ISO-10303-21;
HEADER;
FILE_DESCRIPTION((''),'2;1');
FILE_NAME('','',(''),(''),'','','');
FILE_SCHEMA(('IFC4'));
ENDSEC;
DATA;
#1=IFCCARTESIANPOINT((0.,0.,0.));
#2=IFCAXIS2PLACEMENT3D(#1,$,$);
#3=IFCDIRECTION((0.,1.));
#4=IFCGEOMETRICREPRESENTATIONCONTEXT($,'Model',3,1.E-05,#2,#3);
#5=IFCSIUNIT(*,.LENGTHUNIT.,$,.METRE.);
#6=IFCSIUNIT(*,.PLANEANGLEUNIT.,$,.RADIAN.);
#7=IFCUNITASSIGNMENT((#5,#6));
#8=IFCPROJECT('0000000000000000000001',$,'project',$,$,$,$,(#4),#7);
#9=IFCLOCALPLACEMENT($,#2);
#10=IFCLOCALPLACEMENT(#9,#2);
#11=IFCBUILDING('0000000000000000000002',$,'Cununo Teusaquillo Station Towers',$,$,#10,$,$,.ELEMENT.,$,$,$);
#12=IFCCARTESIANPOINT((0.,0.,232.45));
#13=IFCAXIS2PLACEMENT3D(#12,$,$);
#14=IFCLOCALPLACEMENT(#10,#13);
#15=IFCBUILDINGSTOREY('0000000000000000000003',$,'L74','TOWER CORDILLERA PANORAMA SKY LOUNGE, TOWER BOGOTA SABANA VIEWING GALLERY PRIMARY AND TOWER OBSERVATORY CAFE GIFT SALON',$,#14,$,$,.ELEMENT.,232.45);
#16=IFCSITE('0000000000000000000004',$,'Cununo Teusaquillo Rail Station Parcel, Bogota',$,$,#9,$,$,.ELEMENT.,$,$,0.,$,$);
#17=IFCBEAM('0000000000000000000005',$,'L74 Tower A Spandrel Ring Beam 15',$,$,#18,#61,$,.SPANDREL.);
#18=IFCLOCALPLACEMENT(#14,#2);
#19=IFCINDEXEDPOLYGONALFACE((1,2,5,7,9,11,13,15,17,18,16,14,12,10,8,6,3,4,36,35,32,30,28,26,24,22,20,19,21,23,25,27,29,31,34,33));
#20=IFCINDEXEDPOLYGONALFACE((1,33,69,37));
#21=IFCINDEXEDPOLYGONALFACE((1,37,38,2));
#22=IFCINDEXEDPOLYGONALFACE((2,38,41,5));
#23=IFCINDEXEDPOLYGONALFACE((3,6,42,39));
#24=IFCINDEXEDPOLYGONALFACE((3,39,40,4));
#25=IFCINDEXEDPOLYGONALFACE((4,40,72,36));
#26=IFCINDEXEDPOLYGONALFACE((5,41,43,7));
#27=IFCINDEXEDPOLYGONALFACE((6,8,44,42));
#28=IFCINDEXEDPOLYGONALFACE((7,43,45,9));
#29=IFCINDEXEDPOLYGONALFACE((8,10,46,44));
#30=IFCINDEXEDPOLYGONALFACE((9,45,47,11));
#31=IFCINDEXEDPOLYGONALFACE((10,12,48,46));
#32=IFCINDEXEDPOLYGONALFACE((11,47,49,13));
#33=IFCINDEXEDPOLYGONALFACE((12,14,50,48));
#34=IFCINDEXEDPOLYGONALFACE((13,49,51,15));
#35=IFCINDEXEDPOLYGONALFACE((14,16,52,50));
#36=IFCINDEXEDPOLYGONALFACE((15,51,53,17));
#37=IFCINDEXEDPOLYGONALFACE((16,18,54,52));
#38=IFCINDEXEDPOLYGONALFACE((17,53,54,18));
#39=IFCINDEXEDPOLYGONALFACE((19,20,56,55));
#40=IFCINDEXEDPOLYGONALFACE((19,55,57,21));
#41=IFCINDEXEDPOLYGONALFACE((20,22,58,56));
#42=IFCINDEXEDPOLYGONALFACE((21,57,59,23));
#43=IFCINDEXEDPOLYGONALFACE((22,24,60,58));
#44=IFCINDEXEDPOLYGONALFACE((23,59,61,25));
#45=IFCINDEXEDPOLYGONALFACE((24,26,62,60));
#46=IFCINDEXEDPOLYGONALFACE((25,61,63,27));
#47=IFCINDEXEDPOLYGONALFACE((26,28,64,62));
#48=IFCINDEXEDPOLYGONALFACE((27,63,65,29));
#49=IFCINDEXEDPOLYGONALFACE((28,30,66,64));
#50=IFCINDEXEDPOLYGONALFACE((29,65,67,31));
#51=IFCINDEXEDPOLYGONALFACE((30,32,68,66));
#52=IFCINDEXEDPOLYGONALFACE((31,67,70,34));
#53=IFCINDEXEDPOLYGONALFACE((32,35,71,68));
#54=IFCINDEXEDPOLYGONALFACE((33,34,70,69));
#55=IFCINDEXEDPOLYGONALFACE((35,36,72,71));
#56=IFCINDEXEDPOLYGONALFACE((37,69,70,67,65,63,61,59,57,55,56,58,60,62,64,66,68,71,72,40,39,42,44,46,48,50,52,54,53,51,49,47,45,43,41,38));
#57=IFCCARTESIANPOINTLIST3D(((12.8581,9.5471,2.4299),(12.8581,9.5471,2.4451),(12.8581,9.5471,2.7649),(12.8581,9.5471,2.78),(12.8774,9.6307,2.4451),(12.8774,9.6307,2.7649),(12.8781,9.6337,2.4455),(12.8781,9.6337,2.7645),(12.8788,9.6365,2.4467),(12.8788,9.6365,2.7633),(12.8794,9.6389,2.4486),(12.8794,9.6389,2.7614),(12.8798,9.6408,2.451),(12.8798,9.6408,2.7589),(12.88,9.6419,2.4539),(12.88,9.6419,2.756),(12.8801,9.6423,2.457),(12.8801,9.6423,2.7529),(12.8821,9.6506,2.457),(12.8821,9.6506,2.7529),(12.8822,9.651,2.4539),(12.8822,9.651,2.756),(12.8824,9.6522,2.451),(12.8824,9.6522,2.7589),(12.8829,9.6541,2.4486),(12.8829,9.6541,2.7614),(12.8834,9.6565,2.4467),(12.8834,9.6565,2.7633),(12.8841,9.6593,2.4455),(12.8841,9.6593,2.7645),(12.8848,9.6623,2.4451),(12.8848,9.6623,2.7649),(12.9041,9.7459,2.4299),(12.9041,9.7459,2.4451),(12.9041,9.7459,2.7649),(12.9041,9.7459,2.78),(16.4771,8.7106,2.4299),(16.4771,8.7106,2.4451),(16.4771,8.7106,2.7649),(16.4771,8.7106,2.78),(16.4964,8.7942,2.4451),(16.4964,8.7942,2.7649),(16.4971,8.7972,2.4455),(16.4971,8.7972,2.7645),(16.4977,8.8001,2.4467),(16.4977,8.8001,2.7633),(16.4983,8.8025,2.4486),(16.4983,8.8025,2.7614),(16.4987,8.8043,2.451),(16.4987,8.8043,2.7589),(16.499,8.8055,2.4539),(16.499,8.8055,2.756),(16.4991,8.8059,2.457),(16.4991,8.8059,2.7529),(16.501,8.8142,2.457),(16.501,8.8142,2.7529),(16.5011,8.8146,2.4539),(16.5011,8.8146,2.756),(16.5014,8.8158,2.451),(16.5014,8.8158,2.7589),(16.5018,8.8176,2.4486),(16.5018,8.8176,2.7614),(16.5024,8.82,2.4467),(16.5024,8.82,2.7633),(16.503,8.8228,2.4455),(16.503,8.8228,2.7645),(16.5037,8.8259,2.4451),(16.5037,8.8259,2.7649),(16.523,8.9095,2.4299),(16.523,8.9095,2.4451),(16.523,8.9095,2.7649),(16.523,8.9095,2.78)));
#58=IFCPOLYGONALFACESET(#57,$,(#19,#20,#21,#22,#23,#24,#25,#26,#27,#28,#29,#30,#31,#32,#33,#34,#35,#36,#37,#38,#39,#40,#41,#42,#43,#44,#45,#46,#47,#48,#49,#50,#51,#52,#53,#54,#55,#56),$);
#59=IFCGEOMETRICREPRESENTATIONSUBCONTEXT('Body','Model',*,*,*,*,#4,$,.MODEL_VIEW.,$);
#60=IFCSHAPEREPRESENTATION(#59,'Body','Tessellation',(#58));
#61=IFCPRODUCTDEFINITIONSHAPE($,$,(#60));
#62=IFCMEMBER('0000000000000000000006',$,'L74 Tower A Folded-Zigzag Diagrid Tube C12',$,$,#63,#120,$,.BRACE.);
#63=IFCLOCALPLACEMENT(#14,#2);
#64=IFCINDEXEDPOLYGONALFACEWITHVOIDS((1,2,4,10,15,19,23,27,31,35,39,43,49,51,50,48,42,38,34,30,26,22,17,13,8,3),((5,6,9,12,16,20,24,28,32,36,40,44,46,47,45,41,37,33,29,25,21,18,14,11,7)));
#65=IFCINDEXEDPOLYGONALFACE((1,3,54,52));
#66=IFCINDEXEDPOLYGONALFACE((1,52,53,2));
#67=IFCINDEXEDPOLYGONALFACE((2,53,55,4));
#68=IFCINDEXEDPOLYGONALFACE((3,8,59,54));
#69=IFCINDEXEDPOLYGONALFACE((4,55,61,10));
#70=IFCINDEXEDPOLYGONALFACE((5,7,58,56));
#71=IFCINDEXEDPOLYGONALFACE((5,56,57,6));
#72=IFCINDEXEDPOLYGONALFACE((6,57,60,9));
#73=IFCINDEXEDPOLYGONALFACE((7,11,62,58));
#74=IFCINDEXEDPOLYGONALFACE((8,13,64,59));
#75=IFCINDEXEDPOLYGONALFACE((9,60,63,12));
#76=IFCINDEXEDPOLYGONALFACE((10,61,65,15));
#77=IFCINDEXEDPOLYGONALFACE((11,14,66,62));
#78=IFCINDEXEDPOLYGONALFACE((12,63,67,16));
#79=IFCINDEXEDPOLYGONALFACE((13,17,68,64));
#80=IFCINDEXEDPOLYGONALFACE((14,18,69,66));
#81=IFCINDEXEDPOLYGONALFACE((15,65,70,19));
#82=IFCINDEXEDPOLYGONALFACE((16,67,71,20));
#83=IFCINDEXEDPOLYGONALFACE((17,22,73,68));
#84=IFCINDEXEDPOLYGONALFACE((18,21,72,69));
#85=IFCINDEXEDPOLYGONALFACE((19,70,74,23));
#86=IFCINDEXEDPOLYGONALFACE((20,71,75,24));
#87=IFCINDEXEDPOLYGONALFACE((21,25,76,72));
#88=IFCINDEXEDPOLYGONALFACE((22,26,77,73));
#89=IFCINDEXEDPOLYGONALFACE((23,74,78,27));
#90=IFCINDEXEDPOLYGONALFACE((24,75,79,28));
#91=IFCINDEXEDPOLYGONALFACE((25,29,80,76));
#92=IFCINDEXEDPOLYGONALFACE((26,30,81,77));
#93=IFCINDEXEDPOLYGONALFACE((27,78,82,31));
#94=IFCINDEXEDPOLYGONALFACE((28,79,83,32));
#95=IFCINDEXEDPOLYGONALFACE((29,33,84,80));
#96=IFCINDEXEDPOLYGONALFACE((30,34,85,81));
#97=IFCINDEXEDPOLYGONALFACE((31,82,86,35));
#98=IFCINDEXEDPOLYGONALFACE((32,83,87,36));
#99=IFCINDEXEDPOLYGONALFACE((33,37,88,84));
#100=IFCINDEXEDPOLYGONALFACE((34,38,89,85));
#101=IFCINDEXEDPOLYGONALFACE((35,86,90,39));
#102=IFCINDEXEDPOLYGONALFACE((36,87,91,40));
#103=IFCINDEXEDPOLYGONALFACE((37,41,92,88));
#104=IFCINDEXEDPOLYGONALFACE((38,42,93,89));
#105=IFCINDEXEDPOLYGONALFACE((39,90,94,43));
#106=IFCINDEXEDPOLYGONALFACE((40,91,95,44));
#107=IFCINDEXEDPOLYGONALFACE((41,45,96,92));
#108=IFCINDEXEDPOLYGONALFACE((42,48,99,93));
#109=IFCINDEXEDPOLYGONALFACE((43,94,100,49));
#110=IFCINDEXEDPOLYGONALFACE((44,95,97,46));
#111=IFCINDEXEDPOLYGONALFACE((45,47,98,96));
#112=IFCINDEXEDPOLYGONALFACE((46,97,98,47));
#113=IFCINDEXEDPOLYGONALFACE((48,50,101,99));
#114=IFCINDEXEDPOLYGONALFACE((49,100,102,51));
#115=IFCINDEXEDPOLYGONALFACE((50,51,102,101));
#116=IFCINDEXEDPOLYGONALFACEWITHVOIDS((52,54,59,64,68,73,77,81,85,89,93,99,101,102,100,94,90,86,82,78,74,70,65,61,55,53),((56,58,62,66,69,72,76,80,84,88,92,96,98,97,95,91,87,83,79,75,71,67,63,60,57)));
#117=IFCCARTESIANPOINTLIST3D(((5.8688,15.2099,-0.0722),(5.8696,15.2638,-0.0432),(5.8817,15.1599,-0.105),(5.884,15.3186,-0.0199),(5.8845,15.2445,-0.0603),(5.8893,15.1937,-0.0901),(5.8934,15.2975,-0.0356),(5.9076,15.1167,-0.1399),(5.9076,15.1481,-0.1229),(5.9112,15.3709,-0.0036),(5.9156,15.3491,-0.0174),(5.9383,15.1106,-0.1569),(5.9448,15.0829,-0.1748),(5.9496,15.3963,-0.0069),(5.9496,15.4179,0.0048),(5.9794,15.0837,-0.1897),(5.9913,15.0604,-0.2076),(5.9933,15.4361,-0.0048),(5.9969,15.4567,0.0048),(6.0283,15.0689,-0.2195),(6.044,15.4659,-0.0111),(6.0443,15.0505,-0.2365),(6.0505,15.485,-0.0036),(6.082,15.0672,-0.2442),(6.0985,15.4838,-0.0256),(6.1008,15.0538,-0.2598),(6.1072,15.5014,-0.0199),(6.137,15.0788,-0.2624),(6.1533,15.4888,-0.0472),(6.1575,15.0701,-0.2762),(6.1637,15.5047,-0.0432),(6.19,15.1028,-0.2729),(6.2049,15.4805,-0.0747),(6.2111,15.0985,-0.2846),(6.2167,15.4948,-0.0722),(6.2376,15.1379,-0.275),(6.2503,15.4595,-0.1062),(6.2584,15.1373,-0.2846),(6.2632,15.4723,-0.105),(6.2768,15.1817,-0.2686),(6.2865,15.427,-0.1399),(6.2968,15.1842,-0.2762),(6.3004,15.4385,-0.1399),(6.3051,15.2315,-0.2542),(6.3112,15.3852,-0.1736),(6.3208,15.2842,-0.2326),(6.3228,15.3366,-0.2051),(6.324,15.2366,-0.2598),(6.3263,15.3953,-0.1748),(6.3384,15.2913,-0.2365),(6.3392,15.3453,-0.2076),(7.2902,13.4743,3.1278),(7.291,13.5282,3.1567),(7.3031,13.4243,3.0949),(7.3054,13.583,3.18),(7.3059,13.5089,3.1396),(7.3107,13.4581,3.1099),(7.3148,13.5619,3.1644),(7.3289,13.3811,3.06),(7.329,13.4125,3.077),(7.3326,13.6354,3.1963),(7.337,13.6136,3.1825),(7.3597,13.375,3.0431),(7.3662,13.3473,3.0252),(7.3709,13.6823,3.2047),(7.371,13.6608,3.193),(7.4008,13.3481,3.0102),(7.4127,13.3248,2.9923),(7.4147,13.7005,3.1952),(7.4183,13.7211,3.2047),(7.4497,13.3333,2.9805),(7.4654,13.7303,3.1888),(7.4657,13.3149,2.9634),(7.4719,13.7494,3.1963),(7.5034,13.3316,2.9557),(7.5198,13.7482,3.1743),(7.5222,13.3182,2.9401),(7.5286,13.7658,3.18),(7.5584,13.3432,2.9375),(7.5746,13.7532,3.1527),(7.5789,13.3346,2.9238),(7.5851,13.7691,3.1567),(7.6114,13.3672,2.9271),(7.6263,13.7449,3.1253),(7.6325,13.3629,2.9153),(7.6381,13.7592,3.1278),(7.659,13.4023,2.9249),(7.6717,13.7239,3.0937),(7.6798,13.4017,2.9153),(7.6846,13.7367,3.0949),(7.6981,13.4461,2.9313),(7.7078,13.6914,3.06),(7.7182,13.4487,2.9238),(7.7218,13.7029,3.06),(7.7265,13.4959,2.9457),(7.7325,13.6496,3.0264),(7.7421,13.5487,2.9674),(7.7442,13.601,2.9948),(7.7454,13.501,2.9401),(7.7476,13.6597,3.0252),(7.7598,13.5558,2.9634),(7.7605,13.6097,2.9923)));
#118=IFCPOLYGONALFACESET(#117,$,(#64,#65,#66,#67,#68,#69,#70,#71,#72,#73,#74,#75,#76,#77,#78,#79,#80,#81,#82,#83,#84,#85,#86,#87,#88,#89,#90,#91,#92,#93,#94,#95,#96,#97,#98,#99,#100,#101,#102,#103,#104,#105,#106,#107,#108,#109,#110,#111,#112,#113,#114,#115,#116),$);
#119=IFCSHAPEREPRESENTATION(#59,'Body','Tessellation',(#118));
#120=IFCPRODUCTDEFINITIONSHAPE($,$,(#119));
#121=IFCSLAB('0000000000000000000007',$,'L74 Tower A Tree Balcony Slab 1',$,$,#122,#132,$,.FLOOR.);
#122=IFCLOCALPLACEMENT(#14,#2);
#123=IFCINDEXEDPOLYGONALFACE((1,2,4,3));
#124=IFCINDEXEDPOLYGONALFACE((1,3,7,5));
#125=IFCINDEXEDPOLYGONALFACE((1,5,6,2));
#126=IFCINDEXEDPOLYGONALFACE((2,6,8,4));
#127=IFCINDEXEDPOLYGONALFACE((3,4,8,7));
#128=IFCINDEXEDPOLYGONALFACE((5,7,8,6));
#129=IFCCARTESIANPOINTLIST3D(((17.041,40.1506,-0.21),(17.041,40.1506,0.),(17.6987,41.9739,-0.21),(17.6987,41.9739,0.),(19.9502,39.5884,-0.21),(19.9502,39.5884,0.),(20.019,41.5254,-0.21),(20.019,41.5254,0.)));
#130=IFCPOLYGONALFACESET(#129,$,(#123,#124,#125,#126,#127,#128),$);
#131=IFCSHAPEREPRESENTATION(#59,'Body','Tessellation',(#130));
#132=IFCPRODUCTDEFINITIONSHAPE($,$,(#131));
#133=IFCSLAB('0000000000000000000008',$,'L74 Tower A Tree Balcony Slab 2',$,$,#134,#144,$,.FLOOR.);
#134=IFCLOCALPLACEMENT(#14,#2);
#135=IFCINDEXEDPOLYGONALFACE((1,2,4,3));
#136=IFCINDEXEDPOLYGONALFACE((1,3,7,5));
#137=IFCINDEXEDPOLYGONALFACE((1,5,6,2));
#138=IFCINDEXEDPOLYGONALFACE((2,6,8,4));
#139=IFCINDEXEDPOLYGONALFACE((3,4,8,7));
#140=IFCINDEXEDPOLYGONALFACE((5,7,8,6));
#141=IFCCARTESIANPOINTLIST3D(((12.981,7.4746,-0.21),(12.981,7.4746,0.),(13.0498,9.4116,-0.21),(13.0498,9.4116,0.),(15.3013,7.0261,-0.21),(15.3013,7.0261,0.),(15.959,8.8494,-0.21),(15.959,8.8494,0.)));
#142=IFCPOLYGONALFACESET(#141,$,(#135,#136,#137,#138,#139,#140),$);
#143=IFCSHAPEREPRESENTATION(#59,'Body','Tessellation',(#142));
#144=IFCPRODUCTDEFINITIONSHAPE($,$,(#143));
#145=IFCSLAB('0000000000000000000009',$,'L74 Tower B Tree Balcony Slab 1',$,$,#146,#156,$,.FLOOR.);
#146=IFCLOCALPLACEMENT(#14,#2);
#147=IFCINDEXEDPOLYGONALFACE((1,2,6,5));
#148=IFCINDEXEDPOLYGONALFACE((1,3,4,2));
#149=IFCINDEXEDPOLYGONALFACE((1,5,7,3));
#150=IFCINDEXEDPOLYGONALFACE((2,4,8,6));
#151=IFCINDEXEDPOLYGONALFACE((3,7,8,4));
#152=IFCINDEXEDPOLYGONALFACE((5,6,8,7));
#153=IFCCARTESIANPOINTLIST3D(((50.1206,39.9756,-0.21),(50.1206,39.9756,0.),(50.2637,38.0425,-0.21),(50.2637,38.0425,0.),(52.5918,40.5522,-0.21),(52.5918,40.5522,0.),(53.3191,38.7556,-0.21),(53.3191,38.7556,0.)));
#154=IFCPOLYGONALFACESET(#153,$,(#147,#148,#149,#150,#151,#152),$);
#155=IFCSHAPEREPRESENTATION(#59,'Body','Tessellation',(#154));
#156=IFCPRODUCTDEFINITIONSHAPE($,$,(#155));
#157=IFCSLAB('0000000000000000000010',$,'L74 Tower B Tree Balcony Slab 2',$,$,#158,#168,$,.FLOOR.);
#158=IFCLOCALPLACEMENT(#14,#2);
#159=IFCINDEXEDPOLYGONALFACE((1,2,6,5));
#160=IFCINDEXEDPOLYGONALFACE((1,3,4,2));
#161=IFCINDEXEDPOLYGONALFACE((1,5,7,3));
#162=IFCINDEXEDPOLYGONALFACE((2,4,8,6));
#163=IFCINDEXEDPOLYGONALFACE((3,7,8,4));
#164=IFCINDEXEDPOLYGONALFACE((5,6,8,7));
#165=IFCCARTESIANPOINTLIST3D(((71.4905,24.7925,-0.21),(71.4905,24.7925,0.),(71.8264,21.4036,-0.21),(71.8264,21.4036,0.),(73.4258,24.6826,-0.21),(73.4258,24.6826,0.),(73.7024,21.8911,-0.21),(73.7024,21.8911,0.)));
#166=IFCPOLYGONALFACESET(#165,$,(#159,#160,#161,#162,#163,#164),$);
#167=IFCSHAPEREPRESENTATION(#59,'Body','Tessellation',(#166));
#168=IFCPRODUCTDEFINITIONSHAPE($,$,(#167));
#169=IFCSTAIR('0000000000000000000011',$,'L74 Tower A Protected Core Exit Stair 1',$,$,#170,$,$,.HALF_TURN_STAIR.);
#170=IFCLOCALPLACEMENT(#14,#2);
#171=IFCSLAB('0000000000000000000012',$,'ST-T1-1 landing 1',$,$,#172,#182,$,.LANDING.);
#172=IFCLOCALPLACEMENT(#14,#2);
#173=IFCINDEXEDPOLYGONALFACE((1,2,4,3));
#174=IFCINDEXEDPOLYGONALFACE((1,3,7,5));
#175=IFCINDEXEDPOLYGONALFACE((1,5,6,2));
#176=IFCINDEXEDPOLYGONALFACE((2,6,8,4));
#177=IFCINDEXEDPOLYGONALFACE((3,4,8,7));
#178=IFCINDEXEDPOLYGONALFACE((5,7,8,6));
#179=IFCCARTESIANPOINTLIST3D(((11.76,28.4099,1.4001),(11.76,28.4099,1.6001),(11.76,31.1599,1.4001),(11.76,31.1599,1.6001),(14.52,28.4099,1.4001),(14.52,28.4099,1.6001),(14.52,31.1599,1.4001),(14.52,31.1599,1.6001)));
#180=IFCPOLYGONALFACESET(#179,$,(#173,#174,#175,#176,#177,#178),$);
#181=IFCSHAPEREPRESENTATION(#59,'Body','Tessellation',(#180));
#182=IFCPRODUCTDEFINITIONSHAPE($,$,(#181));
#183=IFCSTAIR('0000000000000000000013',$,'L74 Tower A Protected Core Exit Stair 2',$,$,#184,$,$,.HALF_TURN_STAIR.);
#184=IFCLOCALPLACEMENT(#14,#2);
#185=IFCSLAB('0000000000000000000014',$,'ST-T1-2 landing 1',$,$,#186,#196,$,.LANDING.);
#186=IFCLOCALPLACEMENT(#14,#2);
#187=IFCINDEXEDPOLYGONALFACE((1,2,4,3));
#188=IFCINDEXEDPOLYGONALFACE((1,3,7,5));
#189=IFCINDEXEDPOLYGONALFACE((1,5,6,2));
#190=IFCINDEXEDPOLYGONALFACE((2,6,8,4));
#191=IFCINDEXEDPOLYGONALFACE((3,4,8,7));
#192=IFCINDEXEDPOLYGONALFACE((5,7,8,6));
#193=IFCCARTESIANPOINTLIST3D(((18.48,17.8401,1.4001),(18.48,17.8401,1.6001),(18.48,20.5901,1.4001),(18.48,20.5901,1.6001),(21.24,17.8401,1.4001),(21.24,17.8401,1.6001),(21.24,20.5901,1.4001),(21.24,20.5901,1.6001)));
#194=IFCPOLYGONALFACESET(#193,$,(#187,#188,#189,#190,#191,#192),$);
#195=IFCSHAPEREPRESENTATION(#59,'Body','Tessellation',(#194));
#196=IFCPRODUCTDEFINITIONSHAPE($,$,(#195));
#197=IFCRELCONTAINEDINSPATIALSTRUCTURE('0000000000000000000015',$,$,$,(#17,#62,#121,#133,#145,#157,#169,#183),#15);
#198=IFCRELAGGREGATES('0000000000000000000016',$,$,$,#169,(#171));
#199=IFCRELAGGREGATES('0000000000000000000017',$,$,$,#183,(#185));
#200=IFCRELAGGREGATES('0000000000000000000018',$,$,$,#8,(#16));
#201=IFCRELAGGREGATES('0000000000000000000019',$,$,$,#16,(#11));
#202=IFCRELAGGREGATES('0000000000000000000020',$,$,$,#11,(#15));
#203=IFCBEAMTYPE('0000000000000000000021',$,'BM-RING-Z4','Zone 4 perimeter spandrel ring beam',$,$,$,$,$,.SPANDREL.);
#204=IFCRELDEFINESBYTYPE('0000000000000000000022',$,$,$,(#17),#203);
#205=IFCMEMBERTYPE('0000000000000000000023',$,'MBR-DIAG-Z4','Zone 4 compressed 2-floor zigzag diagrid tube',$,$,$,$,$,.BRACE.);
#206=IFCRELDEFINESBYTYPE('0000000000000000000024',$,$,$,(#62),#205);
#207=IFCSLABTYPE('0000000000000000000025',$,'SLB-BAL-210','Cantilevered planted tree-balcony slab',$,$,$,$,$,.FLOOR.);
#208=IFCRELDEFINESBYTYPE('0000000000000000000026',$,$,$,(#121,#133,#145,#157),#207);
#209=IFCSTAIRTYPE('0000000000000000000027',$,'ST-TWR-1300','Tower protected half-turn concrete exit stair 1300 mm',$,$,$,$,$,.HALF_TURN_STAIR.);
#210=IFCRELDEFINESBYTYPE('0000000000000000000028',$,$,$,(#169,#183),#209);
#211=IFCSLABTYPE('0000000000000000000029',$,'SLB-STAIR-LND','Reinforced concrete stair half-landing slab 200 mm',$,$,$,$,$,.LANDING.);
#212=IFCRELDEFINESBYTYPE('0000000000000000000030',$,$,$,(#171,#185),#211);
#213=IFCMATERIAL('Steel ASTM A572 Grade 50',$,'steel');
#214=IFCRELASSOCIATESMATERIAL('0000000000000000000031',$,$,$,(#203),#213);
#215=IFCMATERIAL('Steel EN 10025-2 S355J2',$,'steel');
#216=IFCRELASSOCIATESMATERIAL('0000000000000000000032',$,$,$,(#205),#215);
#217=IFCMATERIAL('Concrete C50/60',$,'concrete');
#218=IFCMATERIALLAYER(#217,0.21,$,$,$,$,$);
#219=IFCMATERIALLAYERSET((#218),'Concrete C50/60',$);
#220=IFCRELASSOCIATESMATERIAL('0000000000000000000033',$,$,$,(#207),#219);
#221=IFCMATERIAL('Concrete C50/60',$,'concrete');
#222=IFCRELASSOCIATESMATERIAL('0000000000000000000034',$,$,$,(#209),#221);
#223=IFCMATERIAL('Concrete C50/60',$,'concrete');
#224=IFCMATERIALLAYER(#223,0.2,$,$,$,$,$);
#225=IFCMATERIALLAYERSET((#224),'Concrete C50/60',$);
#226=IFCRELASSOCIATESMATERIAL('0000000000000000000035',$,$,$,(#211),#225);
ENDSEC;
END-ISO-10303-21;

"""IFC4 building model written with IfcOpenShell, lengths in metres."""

from ifc_helpers import new_model, si_unit, direction, frame, origin, origin_2d, place, context, subcontext, project, spatial, polyline, hollow_circle, i_section, outline, extrude, material, layer, layer_set, material_profile, profile_set, type_object, element, aggregate, save


model = new_model("IFC4")

# Units and contexts
model_context = context("Model", 3, precision=1e-05, world=origin(), true_north=direction((0.0, 1.0)))
body_context = subcontext(model_context, "Body", "Model", "MODEL_VIEW")
ifc_project = project(units=[si_unit("LENGTHUNIT", "METRE"), si_unit("PLANEANGLEUNIT", "RADIAN")], contexts=[model_context])

# Site, building, storey
site_placement = place(None, origin())
site = spatial("IfcSite", under=ifc_project, at=site_placement, Name="Cununo Teusaquillo Rail Station Parcel, Bogota", CompositionType="ELEMENT", RefElevation=0.0)
building_placement = place(site_placement, origin())
building = spatial("IfcBuilding", under=site, at=building_placement, Name="Cununo Teusaquillo Station Towers", CompositionType="ELEMENT")
storey_placement = place(building_placement, frame((0.0, 0.0, 232.45)))
storey = spatial("IfcBuildingStorey", under=building, at=storey_placement, Name="L74", Description="TOWER CORDILLERA PANORAMA SKY LOUNGE, TOWER BOGOTA SABANA VIEWING GALLERY PRIMARY AND TOWER OBSERVATORY CAFE GIFT SALON", CompositionType="ELEMENT", Elevation=232.45)

# Beam
ifc_material_1 = material(Name="Steel ASTM A572 Grade 50", Category="steel")
ifc_material_profile_1 = material_profile(ifc_material_1, i_section(OverallWidth=0.2041, OverallDepth=0.3501, WebThickness=0.0085, FlangeThickness=0.0151, FilletRadius=0.012, at=origin_2d()), Name="W14X48")
ifc_profile_set_1 = profile_set([ifc_material_profile_1], Name="Steel ASTM A572 Grade 50")
beam_type = type_object("IfcBeamType", Name="BM-RING-Z4", Description="Zone 4 perimeter spandrel ring beam", PredefinedType="SPANDREL", material=ifc_profile_set_1)
beam_1_placement = place(storey_placement, frame((12.8811, 9.6465, 2.605), z_axis=(0.974315, -0.225191, 0.0), x_axis=(0.225191, 0.974315, 0.0)))
element("IfcBeam", 1, at=beam_1_placement, inside=storey, type_object=beam_type, Name="L74 Tower A Spandrel Ring Beam 15", PredefinedType="SPANDREL", context=body_context, shape_type="SweptSolid", body=[
    extrude(i_section(OverallWidth=0.2041, OverallDepth=0.3501, WebThickness=0.0085, FlangeThickness=0.0151, FilletRadius=0.012, at=origin_2d()), origin(), (0.0, 0.0, 1.0), 3.7144),
])

# Member
ifc_material_2 = material(Name="Steel EN 10025-2 S355J2", Category="steel")
ifc_material_profile_2 = material_profile(ifc_material_2, hollow_circle(Radius=0.2539, WallThickness=0.0181, at=origin_2d()), Name="CHS 508x18")
ifc_profile_set_2 = profile_set([ifc_material_profile_2], Name="Steel EN 10025-2 S355J2")
member_type = type_object("IfcMemberType", Name="MBR-DIAG-Z4", Description="Zone 4 compressed 2-floor zigzag diagrid tube", PredefinedType="BRACE", material=ifc_profile_set_2)
member_placement = place(storey_placement, frame((6.104, 15.2776, -0.1399), z_axis=(0.363714, -0.444116, 0.818825), x_axis=(0.773661, 0.633599, 0.0)))
element("IfcMember", 2, at=member_placement, inside=storey, type_object=member_type, Name="L74 Tower A Folded-Zigzag Diagrid Tube C12", PredefinedType="BRACE", context=body_context, shape_type="SweptSolid", body=[
    extrude(hollow_circle(Radius=0.2539, WallThickness=0.0181, at=origin_2d()), origin(), (0.0, 0.0, 1.0), 3.908),
])

# Slabs
ifc_material_3 = material(Name="Concrete C50/60", Category="concrete")
ifc_layer_1 = layer(ifc_material_3, 0.21)
ifc_layer_set_1 = layer_set([ifc_layer_1], Name="Concrete C50/60")
slab_type_1 = type_object("IfcSlabType", Name="SLB-BAL-210", Description="Cantilevered planted tree-balcony slab", PredefinedType="FLOOR", material=ifc_layer_set_1)
slab_1_placement = place(storey_placement, frame((0.0, 0.0, -0.21)))
element("IfcSlab", 3, at=slab_1_placement, inside=storey, type_object=slab_type_1, Name="L74 Tower A Tree Balcony Slab 1", PredefinedType="FLOOR", context=body_context, shape_type="SweptSolid", body=[
    extrude(outline(polyline([(19.9502, 39.5884), (17.041, 40.1506), (17.6987, 41.9739), (20.019, 41.5254), (19.9502, 39.5884)])), origin(), (0.0, 0.0, 1.0), 0.21),
])
slab_2_placement = place(storey_placement, frame((0.0, 0.0, -0.21)))
element("IfcSlab", 4, at=slab_2_placement, inside=storey, type_object=slab_type_1, Name="L74 Tower A Tree Balcony Slab 2", PredefinedType="FLOOR", context=body_context, shape_type="SweptSolid", body=[
    extrude(outline(polyline([(13.0498, 9.4116), (15.959, 8.8494), (15.3013, 7.0261), (12.981, 7.4746), (13.0498, 9.4116)])), origin(), (0.0, 0.0, 1.0), 0.21),
])
slab_3_placement = place(storey_placement, frame((0.0, 0.0, -0.21)))
element("IfcSlab", 5, at=slab_3_placement, inside=storey, type_object=slab_type_1, Name="L74 Tower B Tree Balcony Slab 1", PredefinedType="FLOOR", context=body_context, shape_type="SweptSolid", body=[
    extrude(outline(polyline([(53.3191, 38.7556), (50.2637, 38.0425), (50.1206, 39.9756), (52.5918, 40.5522), (53.3191, 38.7556)])), origin(), (0.0, 0.0, 1.0), 0.21),
])
slab_4_placement = place(storey_placement, frame((0.0, 0.0, -0.21)))
element("IfcSlab", 6, at=slab_4_placement, inside=storey, type_object=slab_type_1, Name="L74 Tower B Tree Balcony Slab 2", PredefinedType="FLOOR", context=body_context, shape_type="SweptSolid", body=[
    extrude(outline(polyline([(71.8264, 21.4036), (71.4905, 24.7925), (73.4258, 24.6826), (73.7024, 21.8911), (71.8264, 21.4036)])), origin(), (0.0, 0.0, 1.0), 0.21),
])

# Stairs, slabs
ifc_material_4 = material(Name="Concrete C50/60", Category="concrete")
stair_type = type_object("IfcStairType", Name="ST-TWR-1300", Description="Tower protected half-turn concrete exit stair 1300 mm", PredefinedType="HALF_TURN_STAIR", material=ifc_material_4)
stair_1_placement = place(storey_placement, origin())
stair_1 = element("IfcStair", 7, at=stair_1_placement, inside=storey, type_object=stair_type, Name="L74 Tower A Protected Core Exit Stair 1", PredefinedType="HALF_TURN_STAIR")
ifc_material_5 = material(Name="Concrete C50/60", Category="concrete")
ifc_layer_2 = layer(ifc_material_5, 0.2)
ifc_layer_set_2 = layer_set([ifc_layer_2], Name="Concrete C50/60")
slab_type_2 = type_object("IfcSlabType", Name="SLB-STAIR-LND", Description="Reinforced concrete stair half-landing slab 200 mm", PredefinedType="LANDING", material=ifc_layer_set_2)
slab_5_placement = place(storey_placement, frame((0.0, 0.0, 1.4001)))
slab_5 = element("IfcSlab", 8, at=slab_5_placement, type_object=slab_type_2, Name="ST-T1-1 landing 1", PredefinedType="LANDING", context=body_context, shape_type="SweptSolid", body=[
    extrude(outline(polyline([(14.52, 28.4099), (14.52, 31.1599), (11.76, 31.1599), (11.76, 28.4099), (14.52, 28.4099)])), origin(), (0.0, 0.0, 1.0), 0.2),
])
aggregate(stair_1, [slab_5])
stair_2_placement = place(storey_placement, origin())
stair_2 = element("IfcStair", 9, at=stair_2_placement, inside=storey, type_object=stair_type, Name="L74 Tower A Protected Core Exit Stair 2", PredefinedType="HALF_TURN_STAIR")
slab_6_placement = place(storey_placement, frame((0.0, 0.0, 1.4001)))
slab_6 = element("IfcSlab", 10, at=slab_6_placement, type_object=slab_type_2, Name="ST-T1-2 landing 1", PredefinedType="LANDING", context=body_context, shape_type="SweptSolid", body=[
    extrude(outline(polyline([(18.48, 20.5901), (18.48, 17.8401), (21.24, 17.8401), (21.24, 20.5901), (18.48, 20.5901)])), origin(), (0.0, 0.0, 1.0), 0.2),
])
aggregate(stair_2, [slab_6])

save(model, "model.ifc")
